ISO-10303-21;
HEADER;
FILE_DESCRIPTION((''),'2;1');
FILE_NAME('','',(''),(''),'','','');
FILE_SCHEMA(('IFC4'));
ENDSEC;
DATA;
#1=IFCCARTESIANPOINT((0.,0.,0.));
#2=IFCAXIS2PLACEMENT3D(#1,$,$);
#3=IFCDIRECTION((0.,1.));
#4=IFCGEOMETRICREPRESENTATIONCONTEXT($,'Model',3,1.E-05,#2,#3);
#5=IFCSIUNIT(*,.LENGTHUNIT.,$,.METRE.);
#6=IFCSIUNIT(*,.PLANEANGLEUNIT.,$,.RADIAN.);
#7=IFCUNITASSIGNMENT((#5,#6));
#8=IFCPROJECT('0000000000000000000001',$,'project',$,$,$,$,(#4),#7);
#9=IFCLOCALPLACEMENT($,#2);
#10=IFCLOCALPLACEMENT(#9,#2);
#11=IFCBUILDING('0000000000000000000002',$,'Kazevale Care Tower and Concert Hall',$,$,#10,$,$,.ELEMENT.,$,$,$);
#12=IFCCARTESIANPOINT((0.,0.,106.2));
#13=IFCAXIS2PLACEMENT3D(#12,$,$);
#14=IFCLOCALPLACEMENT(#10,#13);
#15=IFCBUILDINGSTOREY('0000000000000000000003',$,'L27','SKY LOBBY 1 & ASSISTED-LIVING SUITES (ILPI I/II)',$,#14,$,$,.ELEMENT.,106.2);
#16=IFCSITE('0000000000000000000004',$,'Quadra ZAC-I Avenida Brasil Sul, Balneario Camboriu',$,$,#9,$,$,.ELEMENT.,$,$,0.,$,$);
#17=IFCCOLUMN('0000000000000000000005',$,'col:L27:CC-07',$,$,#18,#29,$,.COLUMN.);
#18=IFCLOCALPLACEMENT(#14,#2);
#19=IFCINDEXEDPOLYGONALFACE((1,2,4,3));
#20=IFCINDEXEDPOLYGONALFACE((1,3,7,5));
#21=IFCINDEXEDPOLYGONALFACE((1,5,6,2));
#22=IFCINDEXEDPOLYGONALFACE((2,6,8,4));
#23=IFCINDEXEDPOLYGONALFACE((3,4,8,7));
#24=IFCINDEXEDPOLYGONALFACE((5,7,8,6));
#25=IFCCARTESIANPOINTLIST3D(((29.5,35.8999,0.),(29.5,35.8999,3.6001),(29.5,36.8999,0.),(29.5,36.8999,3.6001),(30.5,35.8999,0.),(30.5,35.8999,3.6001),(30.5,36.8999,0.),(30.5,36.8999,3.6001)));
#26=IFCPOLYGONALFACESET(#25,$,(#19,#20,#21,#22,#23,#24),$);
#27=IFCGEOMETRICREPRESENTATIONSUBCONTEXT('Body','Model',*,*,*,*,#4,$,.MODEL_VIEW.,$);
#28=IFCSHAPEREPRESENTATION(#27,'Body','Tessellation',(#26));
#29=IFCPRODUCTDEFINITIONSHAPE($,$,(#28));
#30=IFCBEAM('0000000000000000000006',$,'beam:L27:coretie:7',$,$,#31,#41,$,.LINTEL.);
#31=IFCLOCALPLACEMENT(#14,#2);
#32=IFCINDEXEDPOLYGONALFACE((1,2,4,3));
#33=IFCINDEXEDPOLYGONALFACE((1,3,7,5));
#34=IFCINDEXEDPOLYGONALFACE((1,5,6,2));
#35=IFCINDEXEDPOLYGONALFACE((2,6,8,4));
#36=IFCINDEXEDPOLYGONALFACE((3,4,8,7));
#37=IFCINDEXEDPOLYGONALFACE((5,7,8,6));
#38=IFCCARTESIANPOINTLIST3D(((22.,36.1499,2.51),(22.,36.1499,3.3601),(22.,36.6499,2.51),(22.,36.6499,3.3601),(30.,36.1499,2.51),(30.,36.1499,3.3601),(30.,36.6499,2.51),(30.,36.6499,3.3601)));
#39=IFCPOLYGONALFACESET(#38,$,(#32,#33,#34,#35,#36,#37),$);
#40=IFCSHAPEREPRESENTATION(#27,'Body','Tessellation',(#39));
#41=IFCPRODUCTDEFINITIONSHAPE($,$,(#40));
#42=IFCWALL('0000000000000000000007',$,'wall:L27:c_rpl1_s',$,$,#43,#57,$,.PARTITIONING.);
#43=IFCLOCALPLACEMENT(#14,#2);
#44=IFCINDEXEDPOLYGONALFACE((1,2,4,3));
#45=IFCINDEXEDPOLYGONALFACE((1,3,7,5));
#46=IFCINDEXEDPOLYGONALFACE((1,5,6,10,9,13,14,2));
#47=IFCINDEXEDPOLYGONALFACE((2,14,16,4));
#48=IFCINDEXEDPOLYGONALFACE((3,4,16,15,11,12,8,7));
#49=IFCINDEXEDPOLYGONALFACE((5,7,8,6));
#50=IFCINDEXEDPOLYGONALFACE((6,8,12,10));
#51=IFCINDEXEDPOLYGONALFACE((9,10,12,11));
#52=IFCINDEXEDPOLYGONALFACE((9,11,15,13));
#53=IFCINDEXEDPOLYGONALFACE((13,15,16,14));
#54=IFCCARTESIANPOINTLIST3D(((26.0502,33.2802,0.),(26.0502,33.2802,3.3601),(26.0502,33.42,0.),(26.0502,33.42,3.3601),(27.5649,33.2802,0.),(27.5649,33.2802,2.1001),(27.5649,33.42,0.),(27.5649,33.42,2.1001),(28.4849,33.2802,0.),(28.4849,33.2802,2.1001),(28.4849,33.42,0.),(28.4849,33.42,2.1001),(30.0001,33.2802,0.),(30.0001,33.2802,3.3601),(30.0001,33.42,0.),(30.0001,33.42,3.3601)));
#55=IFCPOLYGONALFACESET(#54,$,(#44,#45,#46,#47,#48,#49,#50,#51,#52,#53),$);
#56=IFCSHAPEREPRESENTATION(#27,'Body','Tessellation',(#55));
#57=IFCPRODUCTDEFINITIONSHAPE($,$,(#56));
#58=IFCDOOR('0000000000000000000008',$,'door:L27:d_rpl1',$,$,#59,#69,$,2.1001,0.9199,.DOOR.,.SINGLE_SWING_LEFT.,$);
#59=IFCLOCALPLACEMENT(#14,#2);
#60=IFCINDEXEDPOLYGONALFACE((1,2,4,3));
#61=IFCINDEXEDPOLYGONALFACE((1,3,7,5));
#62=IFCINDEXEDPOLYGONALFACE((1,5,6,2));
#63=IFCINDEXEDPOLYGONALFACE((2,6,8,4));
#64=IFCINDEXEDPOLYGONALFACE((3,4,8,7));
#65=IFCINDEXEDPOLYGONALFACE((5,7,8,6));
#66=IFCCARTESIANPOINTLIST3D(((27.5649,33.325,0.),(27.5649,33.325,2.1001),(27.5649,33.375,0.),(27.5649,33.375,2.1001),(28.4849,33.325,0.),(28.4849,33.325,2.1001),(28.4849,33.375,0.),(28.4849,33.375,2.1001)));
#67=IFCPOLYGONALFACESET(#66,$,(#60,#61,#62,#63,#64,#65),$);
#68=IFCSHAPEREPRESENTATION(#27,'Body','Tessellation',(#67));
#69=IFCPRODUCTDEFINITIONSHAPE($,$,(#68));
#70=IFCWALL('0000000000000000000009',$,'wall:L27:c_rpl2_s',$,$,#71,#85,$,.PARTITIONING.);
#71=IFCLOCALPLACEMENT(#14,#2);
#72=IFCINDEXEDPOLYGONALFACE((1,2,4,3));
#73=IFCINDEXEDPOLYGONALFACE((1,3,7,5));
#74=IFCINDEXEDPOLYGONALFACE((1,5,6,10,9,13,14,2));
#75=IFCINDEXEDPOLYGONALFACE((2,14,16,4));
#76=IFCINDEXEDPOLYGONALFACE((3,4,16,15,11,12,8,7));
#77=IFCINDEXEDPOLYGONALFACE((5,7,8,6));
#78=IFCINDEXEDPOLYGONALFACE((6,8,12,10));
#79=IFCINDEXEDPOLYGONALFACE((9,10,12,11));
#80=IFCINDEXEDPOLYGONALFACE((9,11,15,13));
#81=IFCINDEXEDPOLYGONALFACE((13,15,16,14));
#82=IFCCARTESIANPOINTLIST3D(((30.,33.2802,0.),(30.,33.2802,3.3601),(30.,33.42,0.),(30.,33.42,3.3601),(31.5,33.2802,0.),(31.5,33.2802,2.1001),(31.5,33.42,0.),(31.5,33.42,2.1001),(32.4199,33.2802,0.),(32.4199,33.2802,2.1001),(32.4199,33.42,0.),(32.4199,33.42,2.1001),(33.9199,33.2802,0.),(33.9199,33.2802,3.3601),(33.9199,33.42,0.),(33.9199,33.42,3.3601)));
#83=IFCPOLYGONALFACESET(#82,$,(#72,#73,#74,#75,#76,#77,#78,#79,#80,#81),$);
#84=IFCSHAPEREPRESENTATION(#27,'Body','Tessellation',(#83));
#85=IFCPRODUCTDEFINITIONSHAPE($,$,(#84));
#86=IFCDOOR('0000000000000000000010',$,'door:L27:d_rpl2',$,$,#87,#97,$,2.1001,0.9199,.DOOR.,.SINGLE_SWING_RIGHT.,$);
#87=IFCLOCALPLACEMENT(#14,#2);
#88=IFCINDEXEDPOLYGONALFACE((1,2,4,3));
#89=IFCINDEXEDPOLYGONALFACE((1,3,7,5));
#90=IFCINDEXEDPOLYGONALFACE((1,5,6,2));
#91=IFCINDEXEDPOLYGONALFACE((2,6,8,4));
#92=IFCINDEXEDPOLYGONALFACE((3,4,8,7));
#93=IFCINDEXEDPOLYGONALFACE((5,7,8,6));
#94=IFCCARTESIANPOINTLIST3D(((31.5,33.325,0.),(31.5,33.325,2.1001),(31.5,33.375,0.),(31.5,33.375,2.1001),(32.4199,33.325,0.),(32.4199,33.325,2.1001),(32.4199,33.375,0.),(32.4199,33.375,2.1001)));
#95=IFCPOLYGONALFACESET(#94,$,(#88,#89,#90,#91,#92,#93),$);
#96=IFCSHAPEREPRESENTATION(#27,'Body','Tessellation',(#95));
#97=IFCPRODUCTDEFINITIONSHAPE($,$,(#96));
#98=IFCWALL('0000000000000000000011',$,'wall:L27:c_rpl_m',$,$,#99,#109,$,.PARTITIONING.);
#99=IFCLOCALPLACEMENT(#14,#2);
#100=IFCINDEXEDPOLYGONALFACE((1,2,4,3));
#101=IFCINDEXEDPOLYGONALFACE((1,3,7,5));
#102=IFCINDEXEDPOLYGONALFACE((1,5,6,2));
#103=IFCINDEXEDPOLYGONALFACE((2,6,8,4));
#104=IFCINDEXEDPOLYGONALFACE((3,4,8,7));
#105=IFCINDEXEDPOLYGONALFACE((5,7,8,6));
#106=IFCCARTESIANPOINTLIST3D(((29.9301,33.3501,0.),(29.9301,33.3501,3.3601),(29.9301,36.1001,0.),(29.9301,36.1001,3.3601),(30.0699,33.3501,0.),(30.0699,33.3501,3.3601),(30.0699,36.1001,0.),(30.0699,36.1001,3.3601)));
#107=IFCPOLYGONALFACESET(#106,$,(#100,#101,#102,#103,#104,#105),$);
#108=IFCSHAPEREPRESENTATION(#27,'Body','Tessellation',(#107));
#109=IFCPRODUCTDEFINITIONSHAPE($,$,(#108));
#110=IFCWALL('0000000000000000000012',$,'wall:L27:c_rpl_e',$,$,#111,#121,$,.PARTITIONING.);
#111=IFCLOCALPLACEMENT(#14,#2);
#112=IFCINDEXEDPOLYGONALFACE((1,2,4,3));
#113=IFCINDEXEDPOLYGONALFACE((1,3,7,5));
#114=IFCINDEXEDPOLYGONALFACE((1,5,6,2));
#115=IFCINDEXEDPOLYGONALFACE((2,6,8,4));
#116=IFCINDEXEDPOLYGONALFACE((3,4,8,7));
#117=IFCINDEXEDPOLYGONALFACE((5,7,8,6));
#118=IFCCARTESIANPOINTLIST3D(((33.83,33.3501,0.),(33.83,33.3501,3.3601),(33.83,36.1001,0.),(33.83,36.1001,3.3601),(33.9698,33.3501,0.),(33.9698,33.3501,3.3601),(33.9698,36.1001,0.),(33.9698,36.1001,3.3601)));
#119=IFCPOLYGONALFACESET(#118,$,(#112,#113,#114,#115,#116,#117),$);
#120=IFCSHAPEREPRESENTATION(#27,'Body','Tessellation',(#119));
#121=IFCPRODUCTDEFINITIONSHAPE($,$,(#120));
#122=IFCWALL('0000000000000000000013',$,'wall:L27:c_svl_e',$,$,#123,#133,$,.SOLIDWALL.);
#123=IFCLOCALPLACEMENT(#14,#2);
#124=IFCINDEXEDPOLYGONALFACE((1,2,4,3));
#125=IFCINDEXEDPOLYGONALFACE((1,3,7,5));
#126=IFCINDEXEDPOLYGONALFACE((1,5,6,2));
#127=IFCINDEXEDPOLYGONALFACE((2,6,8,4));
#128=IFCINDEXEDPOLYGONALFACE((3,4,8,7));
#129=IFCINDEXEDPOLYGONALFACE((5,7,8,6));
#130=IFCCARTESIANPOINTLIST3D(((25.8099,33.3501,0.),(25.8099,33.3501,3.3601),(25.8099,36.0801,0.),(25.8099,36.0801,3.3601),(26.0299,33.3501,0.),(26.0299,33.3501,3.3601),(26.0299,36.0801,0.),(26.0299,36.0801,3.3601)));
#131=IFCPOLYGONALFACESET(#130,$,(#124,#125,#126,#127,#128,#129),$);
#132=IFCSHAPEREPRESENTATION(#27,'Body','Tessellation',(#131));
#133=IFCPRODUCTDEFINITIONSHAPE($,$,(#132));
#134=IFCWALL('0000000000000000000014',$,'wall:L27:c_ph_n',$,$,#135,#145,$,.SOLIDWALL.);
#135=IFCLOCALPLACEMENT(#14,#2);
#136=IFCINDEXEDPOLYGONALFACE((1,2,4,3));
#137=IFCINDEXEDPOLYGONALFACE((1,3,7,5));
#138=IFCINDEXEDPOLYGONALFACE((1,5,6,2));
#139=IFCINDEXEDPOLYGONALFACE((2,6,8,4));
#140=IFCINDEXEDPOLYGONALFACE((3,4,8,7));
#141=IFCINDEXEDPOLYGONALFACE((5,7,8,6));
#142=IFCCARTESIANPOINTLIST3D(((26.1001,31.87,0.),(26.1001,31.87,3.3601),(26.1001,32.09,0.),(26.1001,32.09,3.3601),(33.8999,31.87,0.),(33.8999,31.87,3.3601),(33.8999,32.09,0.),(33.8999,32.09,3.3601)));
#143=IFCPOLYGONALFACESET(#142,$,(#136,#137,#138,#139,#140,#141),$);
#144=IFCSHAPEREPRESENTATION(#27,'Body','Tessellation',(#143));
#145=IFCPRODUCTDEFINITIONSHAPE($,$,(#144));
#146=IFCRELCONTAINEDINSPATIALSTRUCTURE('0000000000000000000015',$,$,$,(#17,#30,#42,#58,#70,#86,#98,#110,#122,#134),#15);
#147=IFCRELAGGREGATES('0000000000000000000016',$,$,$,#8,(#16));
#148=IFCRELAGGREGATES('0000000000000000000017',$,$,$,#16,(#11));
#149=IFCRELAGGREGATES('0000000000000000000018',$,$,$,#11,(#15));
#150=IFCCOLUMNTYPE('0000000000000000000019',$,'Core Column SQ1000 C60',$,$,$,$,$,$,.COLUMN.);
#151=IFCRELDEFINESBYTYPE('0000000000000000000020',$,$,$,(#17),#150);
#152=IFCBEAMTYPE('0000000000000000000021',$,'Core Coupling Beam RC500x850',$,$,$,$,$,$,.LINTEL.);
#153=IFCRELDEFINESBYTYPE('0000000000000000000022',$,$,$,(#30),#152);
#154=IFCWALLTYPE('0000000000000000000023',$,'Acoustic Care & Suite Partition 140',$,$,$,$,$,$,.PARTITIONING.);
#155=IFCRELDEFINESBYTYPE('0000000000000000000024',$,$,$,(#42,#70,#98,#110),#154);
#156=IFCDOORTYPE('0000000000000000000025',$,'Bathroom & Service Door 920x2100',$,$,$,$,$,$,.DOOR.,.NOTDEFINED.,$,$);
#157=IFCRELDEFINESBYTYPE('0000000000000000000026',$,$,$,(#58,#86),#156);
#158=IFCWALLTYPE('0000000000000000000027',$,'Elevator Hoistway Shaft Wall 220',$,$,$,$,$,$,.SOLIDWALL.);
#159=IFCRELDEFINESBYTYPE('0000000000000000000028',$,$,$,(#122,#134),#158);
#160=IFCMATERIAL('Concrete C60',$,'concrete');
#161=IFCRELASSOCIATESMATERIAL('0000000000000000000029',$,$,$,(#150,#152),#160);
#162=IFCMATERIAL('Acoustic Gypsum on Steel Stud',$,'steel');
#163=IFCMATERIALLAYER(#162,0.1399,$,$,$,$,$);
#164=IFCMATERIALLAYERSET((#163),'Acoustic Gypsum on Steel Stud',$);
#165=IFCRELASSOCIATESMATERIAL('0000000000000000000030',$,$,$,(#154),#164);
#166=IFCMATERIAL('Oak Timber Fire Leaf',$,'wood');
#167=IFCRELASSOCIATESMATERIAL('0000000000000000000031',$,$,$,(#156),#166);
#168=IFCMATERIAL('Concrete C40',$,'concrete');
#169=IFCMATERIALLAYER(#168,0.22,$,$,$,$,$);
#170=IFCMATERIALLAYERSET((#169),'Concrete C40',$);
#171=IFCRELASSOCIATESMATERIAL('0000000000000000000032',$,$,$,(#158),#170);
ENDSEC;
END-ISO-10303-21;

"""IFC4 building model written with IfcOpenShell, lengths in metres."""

from ifc_helpers import new_model, si_unit, direction, frame, frame_2d, origin, origin_2d, place, context, subcontext, project, spatial, rectangle, extrude, material, layer, layer_set, material_profile, profile_set, type_object, element, fill, save


model = new_model("IFC4")

# Units and contexts
model_context = context("Model", 3, precision=1e-05, world=origin(), true_north=direction((0.0, 1.0)))
body_context = subcontext(model_context, "Body", "Model", "MODEL_VIEW")
ifc_project = project(units=[si_unit("LENGTHUNIT", "METRE"), si_unit("PLANEANGLEUNIT", "RADIAN")], contexts=[model_context])

# Site, building, storey
site_placement = place(None, origin())
site = spatial("IfcSite", under=ifc_project, at=site_placement, Name="Quadra ZAC-I Avenida Brasil Sul, Balneario Camboriu", CompositionType="ELEMENT", RefElevation=0.0)
building_placement = place(site_placement, origin())
building = spatial("IfcBuilding", under=site, at=building_placement, Name="Kazevale Care Tower and Concert Hall", CompositionType="ELEMENT")
storey_placement = place(building_placement, frame((0.0, 0.0, 106.2)))
storey = spatial("IfcBuildingStorey", under=building, at=storey_placement, Name="L27", Description="SKY LOBBY 1 & ASSISTED-LIVING SUITES (ILPI I/II)", CompositionType="ELEMENT", Elevation=106.2)

# Column
ifc_material_1 = material(Name="Concrete C60", Category="concrete")
ifc_material_profile_1 = material_profile(ifc_material_1, rectangle(XDim=1.0, YDim=1.0, at=origin_2d()), Name="RC-SQ1000")
ifc_profile_set_1 = profile_set([ifc_material_profile_1], Name="Concrete C60")
column_type = type_object("IfcColumnType", Name="Core Column SQ1000 C60", PredefinedType="COLUMN", material=ifc_profile_set_1)
column_placement = place(storey_placement, frame((30.0, 36.3999, 0.0), z_axis=(0.0, 0.0, 1.0), x_axis=(1.0, 0.0, 0.0)))
element("IfcColumn", 1, at=column_placement, inside=storey, type_object=column_type, Name="col:L27:CC-07", PredefinedType="COLUMN", context=body_context, shape_type="SweptSolid", body=[
    extrude(rectangle(XDim=1.0, YDim=1.0, at=origin_2d()), origin(), (0.0, 0.0, 1.0), 3.6001),
])

# Beam
ifc_material_profile_2 = material_profile(ifc_material_1, rectangle(XDim=0.5, YDim=0.8501, at=origin_2d()), Name="RC-B500x850")
ifc_profile_set_2 = profile_set([ifc_material_profile_2], Name="Concrete C60")
beam_type = type_object("IfcBeamType", Name="Core Coupling Beam RC500x850", PredefinedType="LINTEL", material=ifc_profile_set_2)
beam_placement = place(storey_placement, frame((30.0, 36.3999, 2.9351), z_axis=(-1.0, 0.0, 0.0), x_axis=(0.0, -1.0, 0.0)))
element("IfcBeam", 2, at=beam_placement, inside=storey, type_object=beam_type, Name="beam:L27:coretie:7", PredefinedType="LINTEL", context=body_context, shape_type="SweptSolid", body=[
    extrude(rectangle(XDim=0.5, YDim=0.8501, at=origin_2d()), origin(), (0.0, 0.0, 1.0), 8.0),
])

# Walls, openings, doors
ifc_material_2 = material(Name="Acoustic Gypsum on Steel Stud", Category="steel")
ifc_layer_1 = layer(ifc_material_2, 0.1399)
ifc_layer_set_1 = layer_set([ifc_layer_1], Name="Acoustic Gypsum on Steel Stud")
wall_type_1 = type_object("IfcWallType", Name="Acoustic Care & Suite Partition 140", PredefinedType="PARTITIONING", material=ifc_layer_set_1)
wall_1_placement = place(storey_placement, frame((26.05, 33.3501, 0.0), z_axis=(0.0, 0.0, 1.0), x_axis=(1.0, 0.0, 0.0)))
wall_1 = element("IfcWall", 3, at=wall_1_placement, inside=storey, type_object=wall_type_1, Name="wall:L27:c_rpl1_s", PredefinedType="PARTITIONING", context=body_context, shape_type="SweptSolid", body=[
    extrude(rectangle(XDim=3.95, YDim=0.1399, at=frame_2d((1.9751, 0.0))), origin(), (0.0, 0.0, 1.0), 3.3601),
])
opening_1_placement = place(wall_1_placement, frame((1.5149, 0.0, 0.0)))
opening_1 = element("IfcOpeningElement", 4, at=opening_1_placement, cuts=wall_1, PredefinedType="OPENING", context=body_context, shape_type="SweptSolid", body=[
    extrude(rectangle(XDim=0.9199, YDim=2.1001, at=frame_2d((0.46, 1.05))), frame((0.0, 0.0798, 0.0), z_axis=(0.0, -1.0, 0.0), x_axis=(1.0, 0.0, 0.0)), (0.0, 0.0, 1.0), 0.1599),
])
ifc_material_3 = material(Name="Oak Timber Fire Leaf", Category="wood")
door_type_1 = type_object("IfcDoorType", Name="Bathroom & Service Door 920x2100", OperationType="NOTDEFINED", PredefinedType="DOOR", material=ifc_material_3)
door_1_placement = place(opening_1_placement, origin())
door_1 = element("IfcDoor", 5, at=door_1_placement, inside=storey, type_object=door_type_1, Name="door:L27:d_rpl1", OperationType="SINGLE_SWING_LEFT", OverallHeight=2.1001, OverallWidth=0.9199, PredefinedType="DOOR", context=body_context, shape_type="SweptSolid", body=[
    extrude(rectangle(XDim=0.9199, YDim=2.1001, at=frame_2d((0.46, 1.05))), frame((0.0, 0.0249, 0.0), z_axis=(0.0, -1.0, 0.0), x_axis=(1.0, 0.0, 0.0)), (0.0, 0.0, 1.0), 0.05),
])
fill(opening_1, door_1)
wall_2_placement = place(storey_placement, frame((30.0, 33.3501, 0.0), z_axis=(0.0, 0.0, 1.0), x_axis=(1.0, 0.0, 0.0)))
wall_2 = element("IfcWall", 6, at=wall_2_placement, inside=storey, type_object=wall_type_1, Name="wall:L27:c_rpl2_s", PredefinedType="PARTITIONING", context=body_context, shape_type="SweptSolid", body=[
    extrude(rectangle(XDim=3.9199, YDim=0.1399, at=frame_2d((1.96, 0.0))), origin(), (0.0, 0.0, 1.0), 3.3601),
])
opening_2_placement = place(wall_2_placement, frame((1.5, 0.0, 0.0)))
opening_2 = element("IfcOpeningElement", 7, at=opening_2_placement, cuts=wall_2, PredefinedType="OPENING", context=body_context, shape_type="SweptSolid", body=[
    extrude(rectangle(XDim=0.9199, YDim=2.1001, at=frame_2d((0.46, 1.05))), frame((0.0, 0.0798, 0.0), z_axis=(0.0, -1.0, 0.0), x_axis=(1.0, 0.0, 0.0)), (0.0, 0.0, 1.0), 0.1599),
])
door_2_placement = place(opening_2_placement, origin())
door_2 = element("IfcDoor", 8, at=door_2_placement, inside=storey, type_object=door_type_1, Name="door:L27:d_rpl2", OperationType="SINGLE_SWING_RIGHT", OverallHeight=2.1001, OverallWidth=0.9199, PredefinedType="DOOR", context=body_context, shape_type="SweptSolid", body=[
    extrude(rectangle(XDim=0.9199, YDim=2.1001, at=frame_2d((0.46, 1.05))), frame((0.0, 0.0249, 0.0), z_axis=(0.0, -1.0, 0.0), x_axis=(1.0, 0.0, 0.0)), (0.0, 0.0, 1.0), 0.05),
])
fill(opening_2, door_2)

# Walls
for number, where, z_axis, x_axis, name in (
    (9, (30.0, 33.3501, 0.0), (0.0, 0.0, 1.0), (0.0, 1.0, 0.0), "wall:L27:c_rpl_m"),
    (10, (33.8999, 33.3501, 0.0), (0.0, 0.0, 1.0), (0.0, 1.0, 0.0), "wall:L27:c_rpl_e"),
):
    element("IfcWall", number, at=place(storey_placement, frame(where, z_axis=z_axis, x_axis=x_axis)), inside=storey, type_object=wall_type_1, Name=name, PredefinedType="PARTITIONING", context=body_context, shape_type="SweptSolid", body=[
        extrude(rectangle(XDim=2.75, YDim=0.1399, at=frame_2d((1.375, 0.0))), origin(), (0.0, 0.0, 1.0), 3.3601),
    ])
ifc_material_4 = material(Name="Concrete C40", Category="concrete")
ifc_layer_2 = layer(ifc_material_4, 0.22)
ifc_layer_set_2 = layer_set([ifc_layer_2], Name="Concrete C40")
wall_type_2 = type_object("IfcWallType", Name="Elevator Hoistway Shaft Wall 220", PredefinedType="SOLIDWALL", material=ifc_layer_set_2)
wall_3_placement = place(storey_placement, frame((25.9199, 33.3501, 0.0), z_axis=(0.0, 0.0, 1.0), x_axis=(0.0, 1.0, 0.0)))
element("IfcWall", 11, at=wall_3_placement, inside=storey, type_object=wall_type_2, Name="wall:L27:c_svl_e", PredefinedType="SOLIDWALL", context=body_context, shape_type="SweptSolid", body=[
    extrude(rectangle(XDim=2.73, YDim=0.22, at=frame_2d((1.365, 0.0))), origin(), (0.0, 0.0, 1.0), 3.3601),
])
wall_4_placement = place(storey_placement, frame((26.1001, 31.98, 0.0), z_axis=(0.0, 0.0, 1.0), x_axis=(1.0, 0.0, 0.0)))
element("IfcWall", 12, at=wall_4_placement, inside=storey, type_object=wall_type_2, Name="wall:L27:c_ph_n", PredefinedType="SOLIDWALL", context=body_context, shape_type="SweptSolid", body=[
    extrude(rectangle(XDim=7.7998, YDim=0.22, at=frame_2d((3.8999, 0.0))), origin(), (0.0, 0.0, 1.0), 3.3601),
])

save(model, "model.ifc")
